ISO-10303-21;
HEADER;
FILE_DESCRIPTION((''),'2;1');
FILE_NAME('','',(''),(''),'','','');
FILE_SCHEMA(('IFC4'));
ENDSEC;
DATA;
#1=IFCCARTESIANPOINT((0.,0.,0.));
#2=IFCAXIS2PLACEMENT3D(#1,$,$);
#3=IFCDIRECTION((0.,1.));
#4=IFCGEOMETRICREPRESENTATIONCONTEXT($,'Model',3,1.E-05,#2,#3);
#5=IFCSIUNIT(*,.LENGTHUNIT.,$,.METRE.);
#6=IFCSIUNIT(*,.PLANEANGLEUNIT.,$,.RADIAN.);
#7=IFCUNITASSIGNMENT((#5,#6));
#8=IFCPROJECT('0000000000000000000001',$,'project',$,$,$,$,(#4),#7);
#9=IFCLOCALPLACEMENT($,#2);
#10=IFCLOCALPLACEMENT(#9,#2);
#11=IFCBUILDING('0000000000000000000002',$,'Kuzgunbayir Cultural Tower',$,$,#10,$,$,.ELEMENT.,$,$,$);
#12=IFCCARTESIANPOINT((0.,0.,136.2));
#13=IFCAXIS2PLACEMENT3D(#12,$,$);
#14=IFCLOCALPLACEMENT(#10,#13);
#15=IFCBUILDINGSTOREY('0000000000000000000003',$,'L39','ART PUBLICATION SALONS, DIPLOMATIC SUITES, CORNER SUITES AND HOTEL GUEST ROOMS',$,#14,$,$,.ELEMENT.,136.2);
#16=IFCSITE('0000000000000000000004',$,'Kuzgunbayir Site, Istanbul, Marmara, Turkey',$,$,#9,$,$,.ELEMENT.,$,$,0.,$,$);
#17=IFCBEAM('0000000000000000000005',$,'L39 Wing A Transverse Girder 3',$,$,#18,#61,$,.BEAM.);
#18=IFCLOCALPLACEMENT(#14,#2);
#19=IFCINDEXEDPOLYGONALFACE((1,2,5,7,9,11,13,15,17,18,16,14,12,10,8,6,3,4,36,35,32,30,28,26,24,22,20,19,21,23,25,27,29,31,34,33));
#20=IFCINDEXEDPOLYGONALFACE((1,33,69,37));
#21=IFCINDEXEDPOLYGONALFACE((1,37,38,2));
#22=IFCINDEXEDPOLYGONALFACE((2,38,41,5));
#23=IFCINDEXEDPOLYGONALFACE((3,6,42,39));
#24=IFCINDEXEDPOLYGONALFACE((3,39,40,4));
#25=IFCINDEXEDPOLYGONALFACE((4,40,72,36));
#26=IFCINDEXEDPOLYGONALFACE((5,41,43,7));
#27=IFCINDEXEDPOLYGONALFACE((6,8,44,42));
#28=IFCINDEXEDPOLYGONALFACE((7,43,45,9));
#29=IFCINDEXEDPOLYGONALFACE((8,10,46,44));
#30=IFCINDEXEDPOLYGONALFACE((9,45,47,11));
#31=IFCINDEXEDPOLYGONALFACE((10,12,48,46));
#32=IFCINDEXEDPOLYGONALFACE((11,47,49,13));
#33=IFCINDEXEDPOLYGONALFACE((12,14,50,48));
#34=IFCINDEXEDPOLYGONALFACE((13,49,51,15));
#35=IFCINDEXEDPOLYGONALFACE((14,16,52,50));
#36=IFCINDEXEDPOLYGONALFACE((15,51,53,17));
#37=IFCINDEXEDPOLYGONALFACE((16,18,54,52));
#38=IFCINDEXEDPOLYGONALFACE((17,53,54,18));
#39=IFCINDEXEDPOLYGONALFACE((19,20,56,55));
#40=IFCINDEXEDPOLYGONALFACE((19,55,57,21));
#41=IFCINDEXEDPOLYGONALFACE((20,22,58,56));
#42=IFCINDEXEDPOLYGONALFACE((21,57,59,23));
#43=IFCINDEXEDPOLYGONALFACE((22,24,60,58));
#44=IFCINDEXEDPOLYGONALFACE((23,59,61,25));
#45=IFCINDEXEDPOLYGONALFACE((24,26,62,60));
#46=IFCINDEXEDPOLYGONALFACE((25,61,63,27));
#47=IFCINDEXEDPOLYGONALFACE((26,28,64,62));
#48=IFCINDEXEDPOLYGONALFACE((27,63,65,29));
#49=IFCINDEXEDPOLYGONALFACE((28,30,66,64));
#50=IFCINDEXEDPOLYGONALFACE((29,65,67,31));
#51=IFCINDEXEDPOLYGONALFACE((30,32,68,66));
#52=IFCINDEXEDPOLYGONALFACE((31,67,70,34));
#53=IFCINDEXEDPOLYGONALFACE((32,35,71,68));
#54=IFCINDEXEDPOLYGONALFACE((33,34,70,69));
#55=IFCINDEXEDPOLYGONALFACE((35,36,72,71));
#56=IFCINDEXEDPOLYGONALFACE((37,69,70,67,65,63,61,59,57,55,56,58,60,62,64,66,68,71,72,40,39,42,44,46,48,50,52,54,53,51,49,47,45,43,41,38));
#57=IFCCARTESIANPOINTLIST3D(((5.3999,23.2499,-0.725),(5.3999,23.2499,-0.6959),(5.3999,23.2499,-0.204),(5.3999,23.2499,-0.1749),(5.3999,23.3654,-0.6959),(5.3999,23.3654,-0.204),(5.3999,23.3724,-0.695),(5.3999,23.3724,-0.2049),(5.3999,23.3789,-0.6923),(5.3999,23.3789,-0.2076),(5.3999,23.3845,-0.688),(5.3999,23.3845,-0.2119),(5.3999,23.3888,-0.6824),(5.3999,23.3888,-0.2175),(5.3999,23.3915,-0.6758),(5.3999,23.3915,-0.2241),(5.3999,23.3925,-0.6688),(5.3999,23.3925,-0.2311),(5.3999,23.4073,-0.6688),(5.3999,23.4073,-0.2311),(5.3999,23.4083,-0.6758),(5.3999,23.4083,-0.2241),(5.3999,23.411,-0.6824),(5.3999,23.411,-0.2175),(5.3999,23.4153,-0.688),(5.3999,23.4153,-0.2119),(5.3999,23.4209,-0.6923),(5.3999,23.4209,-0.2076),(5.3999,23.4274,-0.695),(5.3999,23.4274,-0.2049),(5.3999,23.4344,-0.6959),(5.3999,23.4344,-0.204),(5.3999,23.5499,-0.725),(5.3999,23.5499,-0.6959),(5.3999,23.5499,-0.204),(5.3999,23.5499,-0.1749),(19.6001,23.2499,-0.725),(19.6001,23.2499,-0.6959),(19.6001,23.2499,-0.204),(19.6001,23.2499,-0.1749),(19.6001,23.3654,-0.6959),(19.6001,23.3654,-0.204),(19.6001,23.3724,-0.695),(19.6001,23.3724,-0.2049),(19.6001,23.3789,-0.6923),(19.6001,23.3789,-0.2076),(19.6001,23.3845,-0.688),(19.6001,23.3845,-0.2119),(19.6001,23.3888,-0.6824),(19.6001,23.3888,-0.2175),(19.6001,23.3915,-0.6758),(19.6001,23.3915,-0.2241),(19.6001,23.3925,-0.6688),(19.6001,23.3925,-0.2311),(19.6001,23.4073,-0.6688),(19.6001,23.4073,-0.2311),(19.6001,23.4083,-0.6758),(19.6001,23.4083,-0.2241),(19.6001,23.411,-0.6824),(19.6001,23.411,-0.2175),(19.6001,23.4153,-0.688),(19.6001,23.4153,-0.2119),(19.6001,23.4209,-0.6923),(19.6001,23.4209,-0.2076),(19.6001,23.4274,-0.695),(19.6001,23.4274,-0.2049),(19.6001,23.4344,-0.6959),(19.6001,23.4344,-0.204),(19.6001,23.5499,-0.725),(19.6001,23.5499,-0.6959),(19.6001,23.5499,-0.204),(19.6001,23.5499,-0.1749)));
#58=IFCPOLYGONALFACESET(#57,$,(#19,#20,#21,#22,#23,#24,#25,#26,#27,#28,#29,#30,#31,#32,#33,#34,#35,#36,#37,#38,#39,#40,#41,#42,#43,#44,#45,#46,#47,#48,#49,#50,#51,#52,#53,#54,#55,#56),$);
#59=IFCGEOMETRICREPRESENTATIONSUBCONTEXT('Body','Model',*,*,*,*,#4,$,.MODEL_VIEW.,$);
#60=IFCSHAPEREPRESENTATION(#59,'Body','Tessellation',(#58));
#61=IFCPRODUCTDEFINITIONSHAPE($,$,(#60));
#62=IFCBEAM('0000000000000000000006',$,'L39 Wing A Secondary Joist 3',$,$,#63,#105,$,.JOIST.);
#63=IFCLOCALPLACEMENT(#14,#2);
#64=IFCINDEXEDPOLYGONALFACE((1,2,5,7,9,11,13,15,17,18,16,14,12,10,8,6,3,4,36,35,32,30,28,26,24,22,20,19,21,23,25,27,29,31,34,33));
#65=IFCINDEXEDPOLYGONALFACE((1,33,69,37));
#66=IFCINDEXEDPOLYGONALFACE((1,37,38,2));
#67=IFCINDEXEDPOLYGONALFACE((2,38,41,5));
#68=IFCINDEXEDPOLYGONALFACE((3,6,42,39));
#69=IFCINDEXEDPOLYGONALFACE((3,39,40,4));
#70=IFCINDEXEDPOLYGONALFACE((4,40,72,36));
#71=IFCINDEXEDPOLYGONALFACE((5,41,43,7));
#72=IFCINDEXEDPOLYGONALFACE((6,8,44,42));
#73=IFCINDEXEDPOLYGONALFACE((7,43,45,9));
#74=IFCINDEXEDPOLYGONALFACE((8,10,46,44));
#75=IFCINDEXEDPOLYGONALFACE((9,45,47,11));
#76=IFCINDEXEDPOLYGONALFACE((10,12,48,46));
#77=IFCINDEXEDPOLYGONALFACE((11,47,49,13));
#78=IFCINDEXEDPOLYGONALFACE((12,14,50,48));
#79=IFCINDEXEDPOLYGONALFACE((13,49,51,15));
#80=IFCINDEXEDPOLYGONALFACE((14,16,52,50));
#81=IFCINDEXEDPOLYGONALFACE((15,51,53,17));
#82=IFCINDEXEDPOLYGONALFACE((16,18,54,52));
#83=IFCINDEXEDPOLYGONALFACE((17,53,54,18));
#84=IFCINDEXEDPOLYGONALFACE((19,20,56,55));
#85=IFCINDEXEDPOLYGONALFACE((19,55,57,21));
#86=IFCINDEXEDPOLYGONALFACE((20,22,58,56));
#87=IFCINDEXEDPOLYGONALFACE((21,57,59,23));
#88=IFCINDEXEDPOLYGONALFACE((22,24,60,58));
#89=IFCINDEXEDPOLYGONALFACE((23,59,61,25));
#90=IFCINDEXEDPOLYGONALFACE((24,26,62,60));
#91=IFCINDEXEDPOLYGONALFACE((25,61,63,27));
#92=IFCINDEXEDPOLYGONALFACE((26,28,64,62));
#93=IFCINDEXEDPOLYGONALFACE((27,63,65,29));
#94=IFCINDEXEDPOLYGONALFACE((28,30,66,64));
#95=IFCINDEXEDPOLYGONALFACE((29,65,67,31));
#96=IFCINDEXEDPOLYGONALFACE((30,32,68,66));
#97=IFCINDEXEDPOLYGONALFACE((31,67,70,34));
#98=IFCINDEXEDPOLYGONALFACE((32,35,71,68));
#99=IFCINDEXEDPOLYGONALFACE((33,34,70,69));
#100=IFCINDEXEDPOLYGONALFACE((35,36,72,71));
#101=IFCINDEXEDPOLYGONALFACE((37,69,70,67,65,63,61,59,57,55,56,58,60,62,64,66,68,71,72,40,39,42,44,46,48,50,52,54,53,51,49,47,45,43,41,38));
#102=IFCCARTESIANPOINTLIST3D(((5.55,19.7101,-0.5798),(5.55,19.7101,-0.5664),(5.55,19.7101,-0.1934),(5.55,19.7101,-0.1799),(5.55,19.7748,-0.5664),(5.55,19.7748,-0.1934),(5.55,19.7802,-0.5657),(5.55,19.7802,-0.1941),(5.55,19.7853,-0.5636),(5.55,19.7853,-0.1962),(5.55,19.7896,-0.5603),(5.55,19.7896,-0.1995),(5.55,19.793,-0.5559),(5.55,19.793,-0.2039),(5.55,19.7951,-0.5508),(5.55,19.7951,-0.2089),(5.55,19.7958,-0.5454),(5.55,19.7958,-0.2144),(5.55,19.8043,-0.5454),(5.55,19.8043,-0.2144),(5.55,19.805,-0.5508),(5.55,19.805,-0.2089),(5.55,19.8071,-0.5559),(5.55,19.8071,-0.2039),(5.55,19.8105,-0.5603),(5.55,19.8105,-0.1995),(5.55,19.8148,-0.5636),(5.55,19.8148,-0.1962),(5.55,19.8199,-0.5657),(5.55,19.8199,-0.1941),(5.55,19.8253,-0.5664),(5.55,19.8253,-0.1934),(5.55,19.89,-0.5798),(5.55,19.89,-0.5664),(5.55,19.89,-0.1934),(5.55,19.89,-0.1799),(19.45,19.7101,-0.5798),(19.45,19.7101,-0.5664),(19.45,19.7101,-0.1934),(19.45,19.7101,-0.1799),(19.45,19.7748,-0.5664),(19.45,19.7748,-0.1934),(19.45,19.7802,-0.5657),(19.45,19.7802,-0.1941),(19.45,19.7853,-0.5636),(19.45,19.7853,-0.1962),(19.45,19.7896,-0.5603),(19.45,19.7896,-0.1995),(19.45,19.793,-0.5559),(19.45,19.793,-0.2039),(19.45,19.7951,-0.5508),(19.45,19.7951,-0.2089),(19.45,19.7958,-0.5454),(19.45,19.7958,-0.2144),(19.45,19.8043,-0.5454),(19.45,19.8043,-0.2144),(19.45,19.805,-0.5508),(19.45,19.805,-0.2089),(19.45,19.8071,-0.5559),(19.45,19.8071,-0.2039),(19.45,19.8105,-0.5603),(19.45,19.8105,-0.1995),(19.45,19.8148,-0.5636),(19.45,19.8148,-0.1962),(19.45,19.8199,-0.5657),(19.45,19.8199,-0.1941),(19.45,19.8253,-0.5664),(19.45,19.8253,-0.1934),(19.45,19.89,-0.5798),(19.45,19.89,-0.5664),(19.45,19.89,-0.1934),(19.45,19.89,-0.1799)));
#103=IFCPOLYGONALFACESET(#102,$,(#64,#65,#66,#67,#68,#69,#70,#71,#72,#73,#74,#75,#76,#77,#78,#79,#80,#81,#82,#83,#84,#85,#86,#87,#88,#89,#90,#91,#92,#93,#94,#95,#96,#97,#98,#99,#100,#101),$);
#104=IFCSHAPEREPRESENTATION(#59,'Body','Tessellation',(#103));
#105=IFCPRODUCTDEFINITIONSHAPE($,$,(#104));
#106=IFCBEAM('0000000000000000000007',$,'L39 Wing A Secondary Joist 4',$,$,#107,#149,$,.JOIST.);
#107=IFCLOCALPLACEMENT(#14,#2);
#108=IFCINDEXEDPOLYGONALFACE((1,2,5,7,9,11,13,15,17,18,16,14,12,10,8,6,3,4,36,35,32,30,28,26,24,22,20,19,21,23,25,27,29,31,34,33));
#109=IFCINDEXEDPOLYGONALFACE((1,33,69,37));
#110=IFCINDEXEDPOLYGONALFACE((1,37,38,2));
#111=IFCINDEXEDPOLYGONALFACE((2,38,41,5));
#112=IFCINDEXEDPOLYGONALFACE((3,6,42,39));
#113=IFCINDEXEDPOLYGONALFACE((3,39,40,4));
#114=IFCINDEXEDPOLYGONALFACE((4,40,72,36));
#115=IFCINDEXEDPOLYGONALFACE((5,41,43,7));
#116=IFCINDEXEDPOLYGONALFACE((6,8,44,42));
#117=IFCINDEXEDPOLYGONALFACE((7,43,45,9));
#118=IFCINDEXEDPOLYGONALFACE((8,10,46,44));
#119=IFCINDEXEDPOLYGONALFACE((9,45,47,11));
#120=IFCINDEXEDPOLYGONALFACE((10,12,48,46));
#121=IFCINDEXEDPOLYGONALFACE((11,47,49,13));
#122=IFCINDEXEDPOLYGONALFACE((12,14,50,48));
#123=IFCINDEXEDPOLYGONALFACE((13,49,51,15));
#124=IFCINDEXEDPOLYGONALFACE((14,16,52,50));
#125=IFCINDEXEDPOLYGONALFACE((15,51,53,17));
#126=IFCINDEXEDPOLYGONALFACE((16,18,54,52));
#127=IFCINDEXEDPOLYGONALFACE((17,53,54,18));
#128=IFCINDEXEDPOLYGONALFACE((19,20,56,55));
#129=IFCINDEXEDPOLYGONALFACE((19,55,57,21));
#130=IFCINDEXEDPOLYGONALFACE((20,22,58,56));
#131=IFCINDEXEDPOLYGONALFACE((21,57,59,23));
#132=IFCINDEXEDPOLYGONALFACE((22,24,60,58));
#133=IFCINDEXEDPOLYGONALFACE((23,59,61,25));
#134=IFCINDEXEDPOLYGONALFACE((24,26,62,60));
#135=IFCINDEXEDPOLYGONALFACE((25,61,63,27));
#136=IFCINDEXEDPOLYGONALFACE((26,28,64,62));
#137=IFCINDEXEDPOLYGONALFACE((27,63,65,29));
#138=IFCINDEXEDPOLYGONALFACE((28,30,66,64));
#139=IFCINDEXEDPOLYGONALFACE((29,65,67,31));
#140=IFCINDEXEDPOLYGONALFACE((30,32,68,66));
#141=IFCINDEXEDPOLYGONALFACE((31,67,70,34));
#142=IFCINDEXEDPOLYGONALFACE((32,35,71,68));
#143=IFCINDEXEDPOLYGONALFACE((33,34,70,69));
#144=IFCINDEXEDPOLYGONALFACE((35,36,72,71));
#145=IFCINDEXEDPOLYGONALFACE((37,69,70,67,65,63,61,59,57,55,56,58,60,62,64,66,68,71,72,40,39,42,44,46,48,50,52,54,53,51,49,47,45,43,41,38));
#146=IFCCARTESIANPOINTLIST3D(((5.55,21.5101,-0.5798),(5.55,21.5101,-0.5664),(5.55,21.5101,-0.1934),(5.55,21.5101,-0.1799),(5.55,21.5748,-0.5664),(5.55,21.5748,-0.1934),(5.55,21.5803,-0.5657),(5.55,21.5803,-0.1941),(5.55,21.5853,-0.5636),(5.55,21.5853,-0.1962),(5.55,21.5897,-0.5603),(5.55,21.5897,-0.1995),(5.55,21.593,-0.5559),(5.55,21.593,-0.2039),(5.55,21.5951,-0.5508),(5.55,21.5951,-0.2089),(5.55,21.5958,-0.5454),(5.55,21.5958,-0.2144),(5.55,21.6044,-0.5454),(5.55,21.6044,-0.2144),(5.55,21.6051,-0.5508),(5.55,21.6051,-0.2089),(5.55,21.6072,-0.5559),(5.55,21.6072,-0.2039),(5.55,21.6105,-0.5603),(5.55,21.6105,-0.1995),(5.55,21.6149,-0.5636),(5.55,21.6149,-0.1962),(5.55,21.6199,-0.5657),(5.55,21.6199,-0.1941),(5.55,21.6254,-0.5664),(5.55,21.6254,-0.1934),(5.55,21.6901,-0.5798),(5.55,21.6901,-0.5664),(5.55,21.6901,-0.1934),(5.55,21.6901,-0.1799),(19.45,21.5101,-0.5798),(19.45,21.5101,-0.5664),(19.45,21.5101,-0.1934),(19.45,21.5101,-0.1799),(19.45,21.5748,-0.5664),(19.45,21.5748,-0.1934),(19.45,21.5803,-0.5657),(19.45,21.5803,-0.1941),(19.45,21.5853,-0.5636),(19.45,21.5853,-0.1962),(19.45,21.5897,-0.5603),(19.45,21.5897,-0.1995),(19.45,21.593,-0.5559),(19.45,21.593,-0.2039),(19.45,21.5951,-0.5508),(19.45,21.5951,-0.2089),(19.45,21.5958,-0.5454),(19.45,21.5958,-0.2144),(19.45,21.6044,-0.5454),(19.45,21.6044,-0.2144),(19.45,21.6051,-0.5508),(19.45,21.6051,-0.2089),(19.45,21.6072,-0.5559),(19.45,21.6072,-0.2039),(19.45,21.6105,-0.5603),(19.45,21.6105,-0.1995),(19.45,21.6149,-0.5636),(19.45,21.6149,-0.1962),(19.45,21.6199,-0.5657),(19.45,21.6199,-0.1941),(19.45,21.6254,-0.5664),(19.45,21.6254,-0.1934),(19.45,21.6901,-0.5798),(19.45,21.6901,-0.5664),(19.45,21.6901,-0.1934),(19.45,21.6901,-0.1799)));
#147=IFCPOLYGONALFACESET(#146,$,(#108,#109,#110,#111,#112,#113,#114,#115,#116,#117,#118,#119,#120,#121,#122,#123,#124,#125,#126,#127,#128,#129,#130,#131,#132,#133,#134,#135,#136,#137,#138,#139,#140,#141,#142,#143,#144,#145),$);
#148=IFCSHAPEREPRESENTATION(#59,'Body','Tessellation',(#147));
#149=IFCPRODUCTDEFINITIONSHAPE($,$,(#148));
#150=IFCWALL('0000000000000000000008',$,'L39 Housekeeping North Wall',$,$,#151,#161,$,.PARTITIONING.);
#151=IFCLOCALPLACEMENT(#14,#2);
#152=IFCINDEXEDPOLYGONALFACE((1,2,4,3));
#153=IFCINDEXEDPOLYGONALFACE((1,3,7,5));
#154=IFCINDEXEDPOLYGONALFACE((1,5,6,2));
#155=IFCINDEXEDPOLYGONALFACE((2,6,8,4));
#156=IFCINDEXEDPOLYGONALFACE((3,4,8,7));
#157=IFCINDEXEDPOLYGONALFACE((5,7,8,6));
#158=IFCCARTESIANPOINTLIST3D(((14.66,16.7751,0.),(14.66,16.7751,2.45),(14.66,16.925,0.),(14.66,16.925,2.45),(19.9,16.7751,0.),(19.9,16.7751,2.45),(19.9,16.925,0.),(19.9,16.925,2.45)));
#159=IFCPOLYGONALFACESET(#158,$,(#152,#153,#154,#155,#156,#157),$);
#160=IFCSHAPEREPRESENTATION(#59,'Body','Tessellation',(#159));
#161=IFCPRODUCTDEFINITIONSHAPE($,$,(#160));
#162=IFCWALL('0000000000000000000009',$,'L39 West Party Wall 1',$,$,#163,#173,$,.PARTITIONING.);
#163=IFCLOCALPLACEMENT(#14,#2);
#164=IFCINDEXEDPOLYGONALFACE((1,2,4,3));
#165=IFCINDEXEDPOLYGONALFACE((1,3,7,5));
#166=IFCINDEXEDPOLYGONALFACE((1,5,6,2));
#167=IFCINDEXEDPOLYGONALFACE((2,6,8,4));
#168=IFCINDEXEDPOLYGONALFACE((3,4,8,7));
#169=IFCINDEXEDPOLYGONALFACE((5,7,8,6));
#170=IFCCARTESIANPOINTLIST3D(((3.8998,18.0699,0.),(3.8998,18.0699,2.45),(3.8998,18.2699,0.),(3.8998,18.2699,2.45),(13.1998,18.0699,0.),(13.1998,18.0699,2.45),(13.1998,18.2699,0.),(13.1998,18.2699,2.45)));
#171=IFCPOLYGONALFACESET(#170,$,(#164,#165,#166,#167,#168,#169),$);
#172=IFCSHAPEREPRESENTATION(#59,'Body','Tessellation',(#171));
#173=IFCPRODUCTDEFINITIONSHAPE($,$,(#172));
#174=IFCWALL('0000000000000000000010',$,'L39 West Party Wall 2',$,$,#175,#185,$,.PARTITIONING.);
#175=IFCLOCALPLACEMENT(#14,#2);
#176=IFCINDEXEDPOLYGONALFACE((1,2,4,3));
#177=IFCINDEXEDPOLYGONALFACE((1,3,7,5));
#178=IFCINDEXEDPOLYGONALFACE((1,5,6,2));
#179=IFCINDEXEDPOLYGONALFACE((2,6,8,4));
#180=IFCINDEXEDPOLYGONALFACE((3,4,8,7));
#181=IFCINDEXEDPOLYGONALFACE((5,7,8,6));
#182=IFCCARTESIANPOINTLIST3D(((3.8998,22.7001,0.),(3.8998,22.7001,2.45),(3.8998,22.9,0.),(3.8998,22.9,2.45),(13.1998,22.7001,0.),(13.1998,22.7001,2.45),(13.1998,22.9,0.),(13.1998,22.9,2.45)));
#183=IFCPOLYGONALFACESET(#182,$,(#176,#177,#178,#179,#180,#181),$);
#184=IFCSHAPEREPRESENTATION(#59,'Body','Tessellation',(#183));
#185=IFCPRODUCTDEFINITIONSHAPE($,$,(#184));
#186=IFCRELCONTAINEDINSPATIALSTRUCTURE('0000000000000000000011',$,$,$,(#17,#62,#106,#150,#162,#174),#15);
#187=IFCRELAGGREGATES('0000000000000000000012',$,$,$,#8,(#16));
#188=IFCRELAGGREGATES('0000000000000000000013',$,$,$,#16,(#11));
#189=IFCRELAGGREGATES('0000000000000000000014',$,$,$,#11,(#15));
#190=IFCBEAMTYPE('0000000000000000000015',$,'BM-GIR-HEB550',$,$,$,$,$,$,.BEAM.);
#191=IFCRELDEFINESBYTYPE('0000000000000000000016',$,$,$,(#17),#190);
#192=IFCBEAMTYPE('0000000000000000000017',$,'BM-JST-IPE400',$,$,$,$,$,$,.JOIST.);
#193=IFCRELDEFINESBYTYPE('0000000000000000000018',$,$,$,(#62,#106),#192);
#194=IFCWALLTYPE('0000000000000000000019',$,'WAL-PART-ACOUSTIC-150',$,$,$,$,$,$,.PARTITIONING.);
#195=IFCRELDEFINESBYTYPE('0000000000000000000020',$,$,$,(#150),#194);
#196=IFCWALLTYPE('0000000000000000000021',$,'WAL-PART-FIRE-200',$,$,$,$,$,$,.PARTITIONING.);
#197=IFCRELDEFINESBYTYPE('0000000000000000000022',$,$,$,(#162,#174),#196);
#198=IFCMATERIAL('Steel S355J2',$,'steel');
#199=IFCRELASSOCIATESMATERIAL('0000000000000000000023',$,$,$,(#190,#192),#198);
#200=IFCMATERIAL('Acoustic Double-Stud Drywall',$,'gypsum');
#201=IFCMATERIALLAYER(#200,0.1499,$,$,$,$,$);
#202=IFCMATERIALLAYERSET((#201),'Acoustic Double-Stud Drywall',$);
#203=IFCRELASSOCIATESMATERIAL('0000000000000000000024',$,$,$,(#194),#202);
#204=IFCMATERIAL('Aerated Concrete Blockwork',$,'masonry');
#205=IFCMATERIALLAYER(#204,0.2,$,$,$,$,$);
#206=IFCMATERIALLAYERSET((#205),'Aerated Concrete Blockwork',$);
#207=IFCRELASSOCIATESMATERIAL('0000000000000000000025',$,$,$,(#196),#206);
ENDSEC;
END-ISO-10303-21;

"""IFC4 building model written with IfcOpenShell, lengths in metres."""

from ifc_helpers import new_model, si_unit, direction, frame, frame_2d, origin, origin_2d, place, context, subcontext, project, spatial, rectangle, i_section, extrude, material, layer, layer_set, material_profile, profile_set, type_object, element, save


model = new_model("IFC4")

# Units and contexts
model_context = context("Model", 3, precision=1e-05, world=origin(), true_north=direction((0.0, 1.0)))
body_context = subcontext(model_context, "Body", "Model", "MODEL_VIEW")
ifc_project = project(units=[si_unit("LENGTHUNIT", "METRE"), si_unit("PLANEANGLEUNIT", "RADIAN")], contexts=[model_context])

# Site, building, storey
site_placement = place(None, origin())
site = spatial("IfcSite", under=ifc_project, at=site_placement, Name="Kuzgunbayir Site, Istanbul, Marmara, Turkey", CompositionType="ELEMENT", RefElevation=0.0)
building_placement = place(site_placement, origin())
building = spatial("IfcBuilding", under=site, at=building_placement, Name="Kuzgunbayir Cultural Tower", CompositionType="ELEMENT")
storey_placement = place(building_placement, frame((0.0, 0.0, 136.2)))
storey = spatial("IfcBuildingStorey", under=building, at=storey_placement, Name="L39", Description="ART PUBLICATION SALONS, DIPLOMATIC SUITES, CORNER SUITES AND HOTEL GUEST ROOMS", CompositionType="ELEMENT", Elevation=136.2)

# Beams
ifc_material_1 = material(Name="Steel S355J2", Category="steel")
ifc_material_profile_1 = material_profile(ifc_material_1, i_section(OverallWidth=0.3, OverallDepth=0.55, WebThickness=0.0149, FlangeThickness=0.0291, FilletRadius=0.0271, at=origin_2d()), Name="HEB 550")
ifc_profile_set_1 = profile_set([ifc_material_profile_1], Name="Steel S355J2")
beam_type_1 = type_object("IfcBeamType", Name="BM-GIR-HEB550", PredefinedType="BEAM", material=ifc_profile_set_1)
for number, where, z_axis, x_axis, name in (
    (1, (5.3999, 23.3999, -0.45), (1.0, 0.0, 0.0), (0.0, 1.0, 0.0), "L39 Wing A Transverse Girder 3"),
):
    element("IfcBeam", number, at=place(storey_placement, frame(where, z_axis=z_axis, x_axis=x_axis)), inside=storey, type_object=beam_type_1, Name=name, PredefinedType="BEAM", context=body_context, shape_type="SweptSolid", body=[
        extrude(i_section(OverallWidth=0.3, OverallDepth=0.55, WebThickness=0.0149, FlangeThickness=0.0291, FilletRadius=0.0271, at=origin_2d()), origin(), (0.0, 0.0, 1.0), 14.2002),
    ])
ifc_material_profile_2 = material_profile(ifc_material_1, i_section(OverallWidth=0.1799, OverallDepth=0.3999, WebThickness=0.0085, FlangeThickness=0.0134, FilletRadius=0.021, at=origin_2d()), Name="IPE 400")
ifc_profile_set_2 = profile_set([ifc_material_profile_2], Name="Steel S355J2")
beam_type_2 = type_object("IfcBeamType", Name="BM-JST-IPE400", PredefinedType="JOIST", material=ifc_profile_set_2)
for number, where, z_axis, x_axis, name in (
    (2, (5.55, 19.8, -0.3799), (1.0, 0.0, 0.0), (0.0, 1.0, 0.0), "L39 Wing A Secondary Joist 3"),
    (3, (5.55, 21.6001, -0.3799), (1.0, 0.0, 0.0), (0.0, 1.0, 0.0), "L39 Wing A Secondary Joist 4"),
):
    element("IfcBeam", number, at=place(storey_placement, frame(where, z_axis=z_axis, x_axis=x_axis)), inside=storey, type_object=beam_type_2, Name=name, PredefinedType="JOIST", context=body_context, shape_type="SweptSolid", body=[
        extrude(i_section(OverallWidth=0.1799, OverallDepth=0.3999, WebThickness=0.0085, FlangeThickness=0.0134, FilletRadius=0.021, at=origin_2d()), origin(), (0.0, 0.0, 1.0), 13.8999),
    ])

# Walls
ifc_material_2 = material(Name="Acoustic Double-Stud Drywall", Category="gypsum")
ifc_layer_1 = layer(ifc_material_2, 0.1499)
ifc_layer_set_1 = layer_set([ifc_layer_1], Name="Acoustic Double-Stud Drywall")
wall_type_1 = type_object("IfcWallType", Name="WAL-PART-ACOUSTIC-150", PredefinedType="PARTITIONING", material=ifc_layer_set_1)
wall_1_placement = place(storey_placement, frame((14.6599, 16.8501, 0.0), z_axis=(0.0, 0.0, 1.0), x_axis=(1.0, 0.0, 0.0)))
element("IfcWall", 4, at=wall_1_placement, inside=storey, type_object=wall_type_1, Name="L39 Housekeeping North Wall", PredefinedType="PARTITIONING", context=body_context, shape_type="SweptSolid", body=[
    extrude(rectangle(XDim=5.24, YDim=0.1499, at=frame_2d((2.6201, 0.0))), origin(), (0.0, 0.0, 1.0), 2.45),
])
ifc_material_3 = material(Name="Aerated Concrete Blockwork", Category="masonry")
ifc_layer_2 = layer(ifc_material_3, 0.2)
ifc_layer_set_2 = layer_set([ifc_layer_2], Name="Aerated Concrete Blockwork")
wall_type_2 = type_object("IfcWallType", Name="WAL-PART-FIRE-200", PredefinedType="PARTITIONING", material=ifc_layer_set_2)
for number, where, z_axis, x_axis, name in (
    (5, (3.8999, 18.1699, 0.0), (0.0, 0.0, 1.0), (1.0, 0.0, 0.0), "L39 West Party Wall 1"),
    (6, (3.8999, 22.8, 0.0), (0.0, 0.0, 1.0), (1.0, 0.0, 0.0), "L39 West Party Wall 2"),
):
    element("IfcWall", number, at=place(storey_placement, frame(where, z_axis=z_axis, x_axis=x_axis)), inside=storey, type_object=wall_type_2, Name=name, PredefinedType="PARTITIONING", context=body_context, shape_type="SweptSolid", body=[
        extrude(rectangle(XDim=9.3, YDim=0.2, at=frame_2d((4.6499, 0.0))), origin(), (0.0, 0.0, 1.0), 2.45),
    ])

save(model, "model.ifc")
